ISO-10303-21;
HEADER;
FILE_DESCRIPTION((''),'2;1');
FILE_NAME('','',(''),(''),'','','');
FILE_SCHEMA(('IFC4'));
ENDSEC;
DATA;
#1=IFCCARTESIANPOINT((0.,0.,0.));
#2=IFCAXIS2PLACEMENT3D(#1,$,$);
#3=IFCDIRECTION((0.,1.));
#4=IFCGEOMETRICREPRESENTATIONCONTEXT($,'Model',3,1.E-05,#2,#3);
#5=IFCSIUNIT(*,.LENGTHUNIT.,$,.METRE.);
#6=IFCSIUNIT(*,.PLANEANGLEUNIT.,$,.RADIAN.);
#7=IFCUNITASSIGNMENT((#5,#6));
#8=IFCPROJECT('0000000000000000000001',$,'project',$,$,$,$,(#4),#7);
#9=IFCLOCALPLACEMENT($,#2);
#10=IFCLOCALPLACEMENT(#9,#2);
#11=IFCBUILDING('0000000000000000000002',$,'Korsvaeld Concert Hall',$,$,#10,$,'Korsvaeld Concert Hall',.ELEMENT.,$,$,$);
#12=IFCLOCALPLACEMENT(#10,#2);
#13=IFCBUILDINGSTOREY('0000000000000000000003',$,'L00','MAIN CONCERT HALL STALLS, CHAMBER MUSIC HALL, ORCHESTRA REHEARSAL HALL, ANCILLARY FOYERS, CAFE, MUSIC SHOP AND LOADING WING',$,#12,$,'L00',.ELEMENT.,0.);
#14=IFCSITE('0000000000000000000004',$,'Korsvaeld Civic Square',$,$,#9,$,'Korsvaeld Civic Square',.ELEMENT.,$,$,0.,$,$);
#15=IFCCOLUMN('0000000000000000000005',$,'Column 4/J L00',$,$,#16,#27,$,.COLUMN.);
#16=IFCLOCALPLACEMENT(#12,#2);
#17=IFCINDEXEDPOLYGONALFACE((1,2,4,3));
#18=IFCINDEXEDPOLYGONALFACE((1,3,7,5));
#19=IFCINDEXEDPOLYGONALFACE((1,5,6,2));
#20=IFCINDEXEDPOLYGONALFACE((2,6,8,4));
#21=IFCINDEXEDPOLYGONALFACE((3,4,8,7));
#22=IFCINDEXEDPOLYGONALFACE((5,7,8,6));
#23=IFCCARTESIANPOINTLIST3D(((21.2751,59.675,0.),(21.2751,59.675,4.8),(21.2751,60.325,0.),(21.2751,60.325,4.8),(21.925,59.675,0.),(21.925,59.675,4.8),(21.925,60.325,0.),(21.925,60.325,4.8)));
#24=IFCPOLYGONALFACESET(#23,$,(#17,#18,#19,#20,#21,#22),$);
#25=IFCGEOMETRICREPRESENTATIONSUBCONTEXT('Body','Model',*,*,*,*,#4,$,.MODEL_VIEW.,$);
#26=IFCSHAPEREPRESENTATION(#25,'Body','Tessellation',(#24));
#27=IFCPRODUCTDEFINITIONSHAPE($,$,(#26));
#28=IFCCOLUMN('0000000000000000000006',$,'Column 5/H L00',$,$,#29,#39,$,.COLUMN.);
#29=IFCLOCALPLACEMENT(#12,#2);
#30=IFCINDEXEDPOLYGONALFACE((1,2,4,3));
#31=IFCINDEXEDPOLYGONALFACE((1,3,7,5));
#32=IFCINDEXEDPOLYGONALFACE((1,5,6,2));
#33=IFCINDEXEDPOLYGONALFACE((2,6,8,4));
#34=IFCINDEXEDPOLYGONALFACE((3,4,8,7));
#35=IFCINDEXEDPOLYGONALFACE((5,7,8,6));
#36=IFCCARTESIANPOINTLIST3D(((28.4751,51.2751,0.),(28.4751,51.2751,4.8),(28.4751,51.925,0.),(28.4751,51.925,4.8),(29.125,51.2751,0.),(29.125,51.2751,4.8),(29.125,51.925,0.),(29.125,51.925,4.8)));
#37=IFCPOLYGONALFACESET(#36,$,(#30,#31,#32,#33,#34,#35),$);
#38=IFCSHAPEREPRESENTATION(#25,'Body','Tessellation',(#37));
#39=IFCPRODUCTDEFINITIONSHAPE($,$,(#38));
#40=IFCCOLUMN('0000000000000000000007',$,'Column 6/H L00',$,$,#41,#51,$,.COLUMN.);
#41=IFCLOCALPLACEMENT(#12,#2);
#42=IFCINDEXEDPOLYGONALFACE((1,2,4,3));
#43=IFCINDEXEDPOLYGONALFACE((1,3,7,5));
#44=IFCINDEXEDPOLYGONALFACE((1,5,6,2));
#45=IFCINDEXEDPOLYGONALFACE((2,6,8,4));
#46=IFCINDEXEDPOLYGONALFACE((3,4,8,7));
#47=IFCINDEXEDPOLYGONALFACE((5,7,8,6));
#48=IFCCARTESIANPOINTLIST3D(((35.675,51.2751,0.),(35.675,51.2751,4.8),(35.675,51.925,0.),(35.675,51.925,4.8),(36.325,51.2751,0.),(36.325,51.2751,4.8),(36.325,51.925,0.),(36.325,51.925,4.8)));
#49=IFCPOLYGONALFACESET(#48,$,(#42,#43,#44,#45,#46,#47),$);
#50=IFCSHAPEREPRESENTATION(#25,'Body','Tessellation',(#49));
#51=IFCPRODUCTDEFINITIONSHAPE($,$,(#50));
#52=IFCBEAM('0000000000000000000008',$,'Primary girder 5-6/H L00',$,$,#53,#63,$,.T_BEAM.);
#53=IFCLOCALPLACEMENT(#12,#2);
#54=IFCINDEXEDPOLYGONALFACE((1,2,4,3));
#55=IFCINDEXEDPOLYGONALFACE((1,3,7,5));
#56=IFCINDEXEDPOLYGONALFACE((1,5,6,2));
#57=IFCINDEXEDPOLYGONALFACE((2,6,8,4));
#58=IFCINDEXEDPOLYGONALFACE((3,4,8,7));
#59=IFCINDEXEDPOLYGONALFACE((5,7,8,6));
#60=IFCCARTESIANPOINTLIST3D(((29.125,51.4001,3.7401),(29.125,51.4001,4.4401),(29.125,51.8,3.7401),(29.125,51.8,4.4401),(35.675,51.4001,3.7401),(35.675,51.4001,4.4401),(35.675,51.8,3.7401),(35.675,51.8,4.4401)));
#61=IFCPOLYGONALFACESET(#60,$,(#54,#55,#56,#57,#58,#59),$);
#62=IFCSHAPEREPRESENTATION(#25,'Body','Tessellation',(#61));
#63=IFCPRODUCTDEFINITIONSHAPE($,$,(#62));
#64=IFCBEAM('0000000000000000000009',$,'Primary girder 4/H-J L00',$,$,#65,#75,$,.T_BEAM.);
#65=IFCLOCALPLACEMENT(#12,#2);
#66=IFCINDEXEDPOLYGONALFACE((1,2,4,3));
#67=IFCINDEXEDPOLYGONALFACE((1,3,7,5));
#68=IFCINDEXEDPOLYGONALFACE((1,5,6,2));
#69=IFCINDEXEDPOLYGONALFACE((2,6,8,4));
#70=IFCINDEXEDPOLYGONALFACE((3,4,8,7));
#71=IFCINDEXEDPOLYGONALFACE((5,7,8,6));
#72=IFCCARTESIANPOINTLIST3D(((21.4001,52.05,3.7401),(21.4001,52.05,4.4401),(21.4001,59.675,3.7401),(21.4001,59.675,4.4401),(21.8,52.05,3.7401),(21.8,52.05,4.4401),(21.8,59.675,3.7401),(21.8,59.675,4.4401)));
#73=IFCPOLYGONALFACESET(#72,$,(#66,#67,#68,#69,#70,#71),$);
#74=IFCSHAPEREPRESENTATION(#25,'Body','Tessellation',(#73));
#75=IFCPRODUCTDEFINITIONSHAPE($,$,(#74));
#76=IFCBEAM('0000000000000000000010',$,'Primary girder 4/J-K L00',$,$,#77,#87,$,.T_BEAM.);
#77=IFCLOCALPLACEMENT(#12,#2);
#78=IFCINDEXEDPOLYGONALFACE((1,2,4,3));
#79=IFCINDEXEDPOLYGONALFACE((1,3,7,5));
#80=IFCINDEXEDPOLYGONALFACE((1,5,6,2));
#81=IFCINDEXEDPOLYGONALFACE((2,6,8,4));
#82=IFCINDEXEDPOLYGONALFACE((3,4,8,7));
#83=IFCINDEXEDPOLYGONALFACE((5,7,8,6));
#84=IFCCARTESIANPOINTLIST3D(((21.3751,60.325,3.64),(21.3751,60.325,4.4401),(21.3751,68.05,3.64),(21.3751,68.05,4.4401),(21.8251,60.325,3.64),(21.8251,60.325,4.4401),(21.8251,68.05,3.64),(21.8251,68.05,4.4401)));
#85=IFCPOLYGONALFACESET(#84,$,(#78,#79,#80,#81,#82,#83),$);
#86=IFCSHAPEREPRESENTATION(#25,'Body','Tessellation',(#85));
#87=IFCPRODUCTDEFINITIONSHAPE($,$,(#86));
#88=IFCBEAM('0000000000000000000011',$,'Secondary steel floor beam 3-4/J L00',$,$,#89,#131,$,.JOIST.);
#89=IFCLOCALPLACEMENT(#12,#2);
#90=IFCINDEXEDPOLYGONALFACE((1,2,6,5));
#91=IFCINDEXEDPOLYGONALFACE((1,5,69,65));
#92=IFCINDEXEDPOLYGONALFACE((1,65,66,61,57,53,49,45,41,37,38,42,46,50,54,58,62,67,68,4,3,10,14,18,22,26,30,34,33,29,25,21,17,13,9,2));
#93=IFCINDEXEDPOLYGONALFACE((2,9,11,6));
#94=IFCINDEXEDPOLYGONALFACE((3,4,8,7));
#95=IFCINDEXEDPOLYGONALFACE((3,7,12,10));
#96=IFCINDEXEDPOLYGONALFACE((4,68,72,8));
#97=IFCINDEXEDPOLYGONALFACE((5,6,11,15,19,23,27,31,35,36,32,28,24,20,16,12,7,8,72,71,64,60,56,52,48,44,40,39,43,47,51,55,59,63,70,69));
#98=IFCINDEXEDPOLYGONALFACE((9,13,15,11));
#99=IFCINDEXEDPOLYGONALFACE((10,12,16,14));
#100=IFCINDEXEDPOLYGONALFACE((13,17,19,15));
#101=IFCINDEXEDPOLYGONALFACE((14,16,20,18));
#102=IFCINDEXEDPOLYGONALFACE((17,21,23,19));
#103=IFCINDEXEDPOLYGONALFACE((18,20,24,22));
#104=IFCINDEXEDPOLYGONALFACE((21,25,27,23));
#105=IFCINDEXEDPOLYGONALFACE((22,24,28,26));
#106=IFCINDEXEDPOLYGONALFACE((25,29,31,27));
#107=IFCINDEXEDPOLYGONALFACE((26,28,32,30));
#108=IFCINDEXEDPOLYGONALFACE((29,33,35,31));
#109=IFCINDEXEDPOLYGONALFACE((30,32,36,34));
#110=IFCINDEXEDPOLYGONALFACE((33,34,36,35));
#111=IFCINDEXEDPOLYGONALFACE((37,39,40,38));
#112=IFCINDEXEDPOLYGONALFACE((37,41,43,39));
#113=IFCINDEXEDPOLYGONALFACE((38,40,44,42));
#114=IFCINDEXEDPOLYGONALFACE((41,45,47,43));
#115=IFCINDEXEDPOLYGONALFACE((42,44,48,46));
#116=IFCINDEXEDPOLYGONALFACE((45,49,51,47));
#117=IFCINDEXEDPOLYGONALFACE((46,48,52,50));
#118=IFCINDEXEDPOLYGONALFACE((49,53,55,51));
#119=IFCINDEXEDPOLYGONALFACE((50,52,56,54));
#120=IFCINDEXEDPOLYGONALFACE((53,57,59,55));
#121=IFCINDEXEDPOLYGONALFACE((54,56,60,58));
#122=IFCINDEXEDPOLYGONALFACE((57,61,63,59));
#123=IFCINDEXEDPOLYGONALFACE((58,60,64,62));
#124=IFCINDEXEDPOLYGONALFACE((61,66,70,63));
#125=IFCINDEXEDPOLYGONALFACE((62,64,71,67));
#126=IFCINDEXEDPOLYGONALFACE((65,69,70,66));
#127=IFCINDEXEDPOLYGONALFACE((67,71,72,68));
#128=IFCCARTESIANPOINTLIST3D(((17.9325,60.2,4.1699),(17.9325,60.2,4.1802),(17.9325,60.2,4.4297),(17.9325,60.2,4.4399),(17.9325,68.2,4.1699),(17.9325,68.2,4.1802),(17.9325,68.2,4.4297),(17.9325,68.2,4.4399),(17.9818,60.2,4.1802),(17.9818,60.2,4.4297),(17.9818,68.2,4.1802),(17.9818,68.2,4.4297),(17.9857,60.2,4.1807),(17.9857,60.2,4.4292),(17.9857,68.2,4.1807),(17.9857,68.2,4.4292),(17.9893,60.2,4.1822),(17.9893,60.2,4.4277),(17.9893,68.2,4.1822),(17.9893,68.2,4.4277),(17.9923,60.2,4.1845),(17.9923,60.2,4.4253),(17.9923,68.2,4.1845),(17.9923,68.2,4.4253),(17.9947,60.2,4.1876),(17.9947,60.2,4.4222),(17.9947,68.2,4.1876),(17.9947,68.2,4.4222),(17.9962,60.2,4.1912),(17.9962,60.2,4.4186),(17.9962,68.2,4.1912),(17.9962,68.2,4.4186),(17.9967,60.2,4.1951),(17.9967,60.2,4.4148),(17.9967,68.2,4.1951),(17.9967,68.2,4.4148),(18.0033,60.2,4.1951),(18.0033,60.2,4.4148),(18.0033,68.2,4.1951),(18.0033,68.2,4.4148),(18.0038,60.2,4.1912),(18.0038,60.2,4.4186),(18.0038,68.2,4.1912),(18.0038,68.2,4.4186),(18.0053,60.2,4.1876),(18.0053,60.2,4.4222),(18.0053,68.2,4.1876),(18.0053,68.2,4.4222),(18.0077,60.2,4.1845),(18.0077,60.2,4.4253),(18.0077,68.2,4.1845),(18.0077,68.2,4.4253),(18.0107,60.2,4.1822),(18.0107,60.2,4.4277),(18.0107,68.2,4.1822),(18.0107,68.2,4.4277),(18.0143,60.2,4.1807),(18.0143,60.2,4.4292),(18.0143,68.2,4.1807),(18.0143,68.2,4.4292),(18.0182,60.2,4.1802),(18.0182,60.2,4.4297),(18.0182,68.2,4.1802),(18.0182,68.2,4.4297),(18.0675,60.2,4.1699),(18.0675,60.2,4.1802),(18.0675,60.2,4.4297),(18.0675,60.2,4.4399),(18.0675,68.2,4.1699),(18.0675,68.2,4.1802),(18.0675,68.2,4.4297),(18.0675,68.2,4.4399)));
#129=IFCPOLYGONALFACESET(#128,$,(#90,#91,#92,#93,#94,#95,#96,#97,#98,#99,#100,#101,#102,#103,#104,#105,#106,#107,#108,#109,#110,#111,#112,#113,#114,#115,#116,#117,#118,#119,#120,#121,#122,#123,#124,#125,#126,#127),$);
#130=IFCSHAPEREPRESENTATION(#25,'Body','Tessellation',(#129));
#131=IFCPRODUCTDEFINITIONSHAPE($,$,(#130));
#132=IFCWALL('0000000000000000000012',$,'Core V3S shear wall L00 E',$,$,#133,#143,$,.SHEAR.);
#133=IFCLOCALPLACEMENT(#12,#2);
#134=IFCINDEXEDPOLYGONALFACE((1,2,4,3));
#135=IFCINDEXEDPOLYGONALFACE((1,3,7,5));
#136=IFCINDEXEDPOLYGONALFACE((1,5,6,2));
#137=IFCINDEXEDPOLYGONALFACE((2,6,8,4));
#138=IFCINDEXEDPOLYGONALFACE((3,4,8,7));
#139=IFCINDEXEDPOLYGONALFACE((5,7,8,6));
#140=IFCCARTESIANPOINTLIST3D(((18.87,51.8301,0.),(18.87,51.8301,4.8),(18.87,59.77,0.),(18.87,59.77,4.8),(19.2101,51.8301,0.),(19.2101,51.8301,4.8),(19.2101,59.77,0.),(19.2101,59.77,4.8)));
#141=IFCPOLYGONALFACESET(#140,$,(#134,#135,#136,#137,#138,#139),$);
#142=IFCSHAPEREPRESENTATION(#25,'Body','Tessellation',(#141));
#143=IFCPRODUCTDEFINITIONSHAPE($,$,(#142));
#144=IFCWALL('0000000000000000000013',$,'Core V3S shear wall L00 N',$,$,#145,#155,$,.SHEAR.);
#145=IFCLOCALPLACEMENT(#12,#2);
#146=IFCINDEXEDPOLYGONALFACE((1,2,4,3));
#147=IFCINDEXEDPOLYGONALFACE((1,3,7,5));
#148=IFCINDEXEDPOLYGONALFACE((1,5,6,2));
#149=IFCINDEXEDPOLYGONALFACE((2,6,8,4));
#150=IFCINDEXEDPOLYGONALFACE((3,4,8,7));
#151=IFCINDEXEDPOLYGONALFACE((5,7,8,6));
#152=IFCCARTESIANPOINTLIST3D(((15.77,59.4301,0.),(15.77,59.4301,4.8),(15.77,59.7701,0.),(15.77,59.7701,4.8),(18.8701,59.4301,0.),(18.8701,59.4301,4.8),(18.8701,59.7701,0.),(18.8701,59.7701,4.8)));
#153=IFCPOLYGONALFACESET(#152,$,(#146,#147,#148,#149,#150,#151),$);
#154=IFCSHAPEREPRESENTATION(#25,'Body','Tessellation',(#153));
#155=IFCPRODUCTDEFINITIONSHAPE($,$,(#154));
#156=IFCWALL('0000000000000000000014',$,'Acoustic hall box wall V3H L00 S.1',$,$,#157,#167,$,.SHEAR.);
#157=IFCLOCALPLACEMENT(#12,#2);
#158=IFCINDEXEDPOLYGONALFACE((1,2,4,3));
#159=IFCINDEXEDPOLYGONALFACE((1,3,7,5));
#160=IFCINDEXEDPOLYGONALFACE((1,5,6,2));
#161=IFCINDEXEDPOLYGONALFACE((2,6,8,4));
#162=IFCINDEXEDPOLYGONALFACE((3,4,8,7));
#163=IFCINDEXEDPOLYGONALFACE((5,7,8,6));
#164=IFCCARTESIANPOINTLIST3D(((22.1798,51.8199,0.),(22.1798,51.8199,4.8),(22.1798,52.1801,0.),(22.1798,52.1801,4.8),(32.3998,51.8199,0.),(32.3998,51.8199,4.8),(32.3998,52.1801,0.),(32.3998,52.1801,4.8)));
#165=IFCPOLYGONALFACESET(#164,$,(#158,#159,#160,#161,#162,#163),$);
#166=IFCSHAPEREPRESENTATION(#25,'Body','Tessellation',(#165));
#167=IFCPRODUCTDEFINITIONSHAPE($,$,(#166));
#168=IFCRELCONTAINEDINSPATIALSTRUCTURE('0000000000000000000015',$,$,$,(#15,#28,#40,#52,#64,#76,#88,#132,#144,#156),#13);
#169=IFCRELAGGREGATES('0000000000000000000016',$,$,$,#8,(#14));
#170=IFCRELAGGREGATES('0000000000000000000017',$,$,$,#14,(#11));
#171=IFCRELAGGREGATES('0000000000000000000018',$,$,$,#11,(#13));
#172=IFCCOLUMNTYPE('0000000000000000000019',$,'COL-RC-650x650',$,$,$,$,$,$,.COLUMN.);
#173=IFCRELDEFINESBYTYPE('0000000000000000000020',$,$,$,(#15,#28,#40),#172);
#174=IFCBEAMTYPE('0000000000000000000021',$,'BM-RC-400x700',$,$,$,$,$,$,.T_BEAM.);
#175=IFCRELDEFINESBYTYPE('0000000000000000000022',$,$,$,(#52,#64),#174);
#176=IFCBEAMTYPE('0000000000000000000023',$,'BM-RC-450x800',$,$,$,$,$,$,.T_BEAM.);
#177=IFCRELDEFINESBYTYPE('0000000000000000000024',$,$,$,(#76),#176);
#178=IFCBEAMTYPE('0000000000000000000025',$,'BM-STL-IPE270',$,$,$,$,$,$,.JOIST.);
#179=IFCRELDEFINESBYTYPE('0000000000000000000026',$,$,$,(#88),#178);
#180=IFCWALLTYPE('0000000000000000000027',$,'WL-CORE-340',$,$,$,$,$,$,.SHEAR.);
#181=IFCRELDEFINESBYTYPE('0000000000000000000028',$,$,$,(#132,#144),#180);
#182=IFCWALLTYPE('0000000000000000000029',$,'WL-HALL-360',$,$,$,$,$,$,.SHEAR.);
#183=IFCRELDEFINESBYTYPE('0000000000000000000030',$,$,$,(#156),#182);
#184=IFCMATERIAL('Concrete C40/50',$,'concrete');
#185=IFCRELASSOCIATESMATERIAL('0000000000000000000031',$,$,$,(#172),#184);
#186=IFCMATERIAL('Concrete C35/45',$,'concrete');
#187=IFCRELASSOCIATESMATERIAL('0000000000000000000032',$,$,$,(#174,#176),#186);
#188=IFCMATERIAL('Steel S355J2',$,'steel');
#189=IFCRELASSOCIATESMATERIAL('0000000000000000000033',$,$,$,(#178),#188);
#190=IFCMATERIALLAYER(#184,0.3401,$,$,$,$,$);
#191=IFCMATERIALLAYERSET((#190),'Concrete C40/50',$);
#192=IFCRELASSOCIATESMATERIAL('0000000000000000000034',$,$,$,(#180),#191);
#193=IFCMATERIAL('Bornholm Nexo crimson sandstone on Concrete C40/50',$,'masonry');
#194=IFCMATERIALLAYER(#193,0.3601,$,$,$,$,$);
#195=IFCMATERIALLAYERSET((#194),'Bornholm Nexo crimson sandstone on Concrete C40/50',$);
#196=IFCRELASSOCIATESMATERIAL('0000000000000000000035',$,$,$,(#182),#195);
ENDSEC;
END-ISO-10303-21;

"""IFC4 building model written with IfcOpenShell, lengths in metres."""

from ifc_helpers import new_model, si_unit, direction, frame, frame_2d, origin, origin_2d, place, context, subcontext, project, spatial, rectangle, i_section, extrude, material, layer, layer_set, material_profile, profile_set, type_object, element, save


model = new_model("IFC4")

# Units and contexts
model_context = context("Model", 3, precision=1e-05, world=origin(), true_north=direction((0.0, 1.0)))
body_context = subcontext(model_context, "Body", "Model", "MODEL_VIEW")
ifc_project = project(units=[si_unit("LENGTHUNIT", "METRE"), si_unit("PLANEANGLEUNIT", "RADIAN")], contexts=[model_context])

# Site, building, storey
site_placement = place(None, origin())
site = spatial("IfcSite", under=ifc_project, at=site_placement, Name="Korsvaeld Civic Square", LongName="Korsvaeld Civic Square", CompositionType="ELEMENT", RefElevation=0.0)
building_placement = place(site_placement, origin())
building = spatial("IfcBuilding", under=site, at=building_placement, Name="Korsvaeld Concert Hall", LongName="Korsvaeld Concert Hall", CompositionType="ELEMENT")
storey_placement = place(building_placement, origin())
storey = spatial("IfcBuildingStorey", under=building, at=storey_placement, Name="L00", Description="MAIN CONCERT HALL STALLS, CHAMBER MUSIC HALL, ORCHESTRA REHEARSAL HALL, ANCILLARY FOYERS, CAFE, MUSIC SHOP AND LOADING WING", LongName="L00", CompositionType="ELEMENT", Elevation=0.0)

# Columns
ifc_material_1 = material(Name="Concrete C40/50", Category="concrete")
ifc_material_profile_1 = material_profile(ifc_material_1, rectangle(XDim=0.6499, YDim=0.6499, at=origin_2d()), Name="RC 650x650")
ifc_profile_set_1 = profile_set([ifc_material_profile_1], Name="Concrete C40/50")
column_type = type_object("IfcColumnType", Name="COL-RC-650x650", PredefinedType="COLUMN", material=ifc_profile_set_1)
for number, where, z_axis, x_axis, name in (
    (1, (21.6001, 60.0, 0.0), (0.0, 0.0, 1.0), (1.0, 0.0, 0.0), "Column 4/J L00"),
    (2, (28.8, 51.6001, 0.0), (0.0, 0.0, 1.0), (1.0, 0.0, 0.0), "Column 5/H L00"),
    (3, (36.0, 51.6001, 0.0), (0.0, 0.0, 1.0), (1.0, 0.0, 0.0), "Column 6/H L00"),
):
    element("IfcColumn", number, at=place(storey_placement, frame(where, z_axis=z_axis, x_axis=x_axis)), inside=storey, type_object=column_type, Name=name, PredefinedType="COLUMN", context=body_context, shape_type="SweptSolid", body=[
        extrude(rectangle(XDim=0.6499, YDim=0.6499, at=origin_2d()), origin(), (0.0, 0.0, 1.0), 4.8),
    ])

# Beams
ifc_material_2 = material(Name="Concrete C35/45", Category="concrete")
ifc_material_profile_2 = material_profile(ifc_material_2, rectangle(XDim=0.3999, YDim=0.7, at=origin_2d()), Name="RC 400x700")
ifc_profile_set_2 = profile_set([ifc_material_profile_2], Name="Concrete C35/45")
beam_type_1 = type_object("IfcBeamType", Name="BM-RC-400x700", PredefinedType="T_BEAM", material=ifc_profile_set_2)
beam_1_placement = place(storey_placement, frame((29.125, 51.6001, 4.0901), z_axis=(1.0, 0.0, 0.0), x_axis=(0.0, 1.0, 0.0)))
element("IfcBeam", 4, at=beam_1_placement, inside=storey, type_object=beam_type_1, Name="Primary girder 5-6/H L00", PredefinedType="T_BEAM", context=body_context, shape_type="SweptSolid", body=[
    extrude(rectangle(XDim=0.3999, YDim=0.7, at=origin_2d()), origin(), (0.0, 0.0, 1.0), 6.55),
])
beam_2_placement = place(storey_placement, frame((21.6001, 52.05, 4.0901), z_axis=(0.0, 1.0, 0.0), x_axis=(-1.0, 0.0, 0.0)))
element("IfcBeam", 5, at=beam_2_placement, inside=storey, type_object=beam_type_1, Name="Primary girder 4/H-J L00", PredefinedType="T_BEAM", context=body_context, shape_type="SweptSolid", body=[
    extrude(rectangle(XDim=0.3999, YDim=0.7, at=origin_2d()), origin(), (0.0, 0.0, 1.0), 7.625),
])
ifc_material_profile_3 = material_profile(ifc_material_2, rectangle(XDim=0.45, YDim=0.8, at=origin_2d()), Name="RC 450x800")
ifc_profile_set_3 = profile_set([ifc_material_profile_3], Name="Concrete C35/45")
beam_type_2 = type_object("IfcBeamType", Name="BM-RC-450x800", PredefinedType="T_BEAM", material=ifc_profile_set_3)
beam_3_placement = place(storey_placement, frame((21.6001, 60.325, 4.04), z_axis=(0.0, 1.0, 0.0), x_axis=(-1.0, 0.0, 0.0)))
element("IfcBeam", 6, at=beam_3_placement, inside=storey, type_object=beam_type_2, Name="Primary girder 4/J-K L00", PredefinedType="T_BEAM", context=body_context, shape_type="SweptSolid", body=[
    extrude(rectangle(XDim=0.45, YDim=0.8, at=origin_2d()), origin(), (0.0, 0.0, 1.0), 7.7251),
])
ifc_material_3 = material(Name="Steel S355J2", Category="steel")
ifc_material_profile_4 = material_profile(ifc_material_3, i_section(OverallWidth=0.135, OverallDepth=0.27, WebThickness=0.0066, FlangeThickness=0.0103, FilletRadius=0.0149, at=origin_2d()), Name="IPE 270")
ifc_profile_set_4 = profile_set([ifc_material_profile_4], Name="Steel S355J2")
beam_type_3 = type_object("IfcBeamType", Name="BM-STL-IPE270", PredefinedType="JOIST", material=ifc_profile_set_4)
beam_4_placement = place(storey_placement, frame((18.0, 60.2, 4.3049), z_axis=(0.0, 1.0, 0.0), x_axis=(-1.0, 0.0, 0.0)))
element("IfcBeam", 7, at=beam_4_placement, inside=storey, type_object=beam_type_3, Name="Secondary steel floor beam 3-4/J L00", PredefinedType="JOIST", context=body_context, shape_type="SweptSolid", body=[
    extrude(i_section(OverallWidth=0.135, OverallDepth=0.27, WebThickness=0.0066, FlangeThickness=0.0103, FilletRadius=0.0149, at=origin_2d()), origin(), (0.0, 0.0, 1.0), 8.0),
])

# Walls
ifc_layer_1 = layer(ifc_material_1, 0.3401)
ifc_layer_set_1 = layer_set([ifc_layer_1], Name="Concrete C40/50")
wall_type_1 = type_object("IfcWallType", Name="WL-CORE-340", PredefinedType="SHEAR", material=ifc_layer_set_1)
wall_1_placement = place(storey_placement, frame((19.04, 51.8301, 0.0), z_axis=(0.0, 0.0, 1.0), x_axis=(0.0, 1.0, 0.0)))
element("IfcWall", 8, at=wall_1_placement, inside=storey, type_object=wall_type_1, Name="Core V3S shear wall L00 E", PredefinedType="SHEAR", context=body_context, shape_type="SweptSolid", body=[
    extrude(rectangle(XDim=7.9399, YDim=0.3401, at=frame_2d((3.97, 0.0))), origin(), (0.0, 0.0, 1.0), 4.8),
])
wall_2_placement = place(storey_placement, frame((18.8701, 59.6001, 0.0), z_axis=(0.0, 0.0, 1.0), x_axis=(-1.0, 0.0, 0.0)))
element("IfcWall", 9, at=wall_2_placement, inside=storey, type_object=wall_type_1, Name="Core V3S shear wall L00 N", PredefinedType="SHEAR", context=body_context, shape_type="SweptSolid", body=[
    extrude(rectangle(XDim=3.1001, YDim=0.3401, at=frame_2d((1.55, 0.0))), origin(), (0.0, 0.0, 1.0), 4.8),
])
ifc_material_4 = material(Name="Bornholm Nexo crimson sandstone on Concrete C40/50", Category="masonry")
ifc_layer_2 = layer(ifc_material_4, 0.3601)
ifc_layer_set_2 = layer_set([ifc_layer_2], Name="Bornholm Nexo crimson sandstone on Concrete C40/50")
wall_type_2 = type_object("IfcWallType", Name="WL-HALL-360", PredefinedType="SHEAR", material=ifc_layer_set_2)
wall_3_placement = place(storey_placement, frame((22.1799, 52.0, 0.0), z_axis=(0.0, 0.0, 1.0), x_axis=(1.0, 0.0, 0.0)))
element("IfcWall", 10, at=wall_3_placement, inside=storey, type_object=wall_type_2, Name="Acoustic hall box wall V3H L00 S.1", PredefinedType="SHEAR", context=body_context, shape_type="SweptSolid", body=[
    extrude(rectangle(XDim=10.22, YDim=0.3601, at=frame_2d((5.1099, 0.0))), origin(), (0.0, 0.0, 1.0), 4.8),
])

save(model, "model.ifc")
